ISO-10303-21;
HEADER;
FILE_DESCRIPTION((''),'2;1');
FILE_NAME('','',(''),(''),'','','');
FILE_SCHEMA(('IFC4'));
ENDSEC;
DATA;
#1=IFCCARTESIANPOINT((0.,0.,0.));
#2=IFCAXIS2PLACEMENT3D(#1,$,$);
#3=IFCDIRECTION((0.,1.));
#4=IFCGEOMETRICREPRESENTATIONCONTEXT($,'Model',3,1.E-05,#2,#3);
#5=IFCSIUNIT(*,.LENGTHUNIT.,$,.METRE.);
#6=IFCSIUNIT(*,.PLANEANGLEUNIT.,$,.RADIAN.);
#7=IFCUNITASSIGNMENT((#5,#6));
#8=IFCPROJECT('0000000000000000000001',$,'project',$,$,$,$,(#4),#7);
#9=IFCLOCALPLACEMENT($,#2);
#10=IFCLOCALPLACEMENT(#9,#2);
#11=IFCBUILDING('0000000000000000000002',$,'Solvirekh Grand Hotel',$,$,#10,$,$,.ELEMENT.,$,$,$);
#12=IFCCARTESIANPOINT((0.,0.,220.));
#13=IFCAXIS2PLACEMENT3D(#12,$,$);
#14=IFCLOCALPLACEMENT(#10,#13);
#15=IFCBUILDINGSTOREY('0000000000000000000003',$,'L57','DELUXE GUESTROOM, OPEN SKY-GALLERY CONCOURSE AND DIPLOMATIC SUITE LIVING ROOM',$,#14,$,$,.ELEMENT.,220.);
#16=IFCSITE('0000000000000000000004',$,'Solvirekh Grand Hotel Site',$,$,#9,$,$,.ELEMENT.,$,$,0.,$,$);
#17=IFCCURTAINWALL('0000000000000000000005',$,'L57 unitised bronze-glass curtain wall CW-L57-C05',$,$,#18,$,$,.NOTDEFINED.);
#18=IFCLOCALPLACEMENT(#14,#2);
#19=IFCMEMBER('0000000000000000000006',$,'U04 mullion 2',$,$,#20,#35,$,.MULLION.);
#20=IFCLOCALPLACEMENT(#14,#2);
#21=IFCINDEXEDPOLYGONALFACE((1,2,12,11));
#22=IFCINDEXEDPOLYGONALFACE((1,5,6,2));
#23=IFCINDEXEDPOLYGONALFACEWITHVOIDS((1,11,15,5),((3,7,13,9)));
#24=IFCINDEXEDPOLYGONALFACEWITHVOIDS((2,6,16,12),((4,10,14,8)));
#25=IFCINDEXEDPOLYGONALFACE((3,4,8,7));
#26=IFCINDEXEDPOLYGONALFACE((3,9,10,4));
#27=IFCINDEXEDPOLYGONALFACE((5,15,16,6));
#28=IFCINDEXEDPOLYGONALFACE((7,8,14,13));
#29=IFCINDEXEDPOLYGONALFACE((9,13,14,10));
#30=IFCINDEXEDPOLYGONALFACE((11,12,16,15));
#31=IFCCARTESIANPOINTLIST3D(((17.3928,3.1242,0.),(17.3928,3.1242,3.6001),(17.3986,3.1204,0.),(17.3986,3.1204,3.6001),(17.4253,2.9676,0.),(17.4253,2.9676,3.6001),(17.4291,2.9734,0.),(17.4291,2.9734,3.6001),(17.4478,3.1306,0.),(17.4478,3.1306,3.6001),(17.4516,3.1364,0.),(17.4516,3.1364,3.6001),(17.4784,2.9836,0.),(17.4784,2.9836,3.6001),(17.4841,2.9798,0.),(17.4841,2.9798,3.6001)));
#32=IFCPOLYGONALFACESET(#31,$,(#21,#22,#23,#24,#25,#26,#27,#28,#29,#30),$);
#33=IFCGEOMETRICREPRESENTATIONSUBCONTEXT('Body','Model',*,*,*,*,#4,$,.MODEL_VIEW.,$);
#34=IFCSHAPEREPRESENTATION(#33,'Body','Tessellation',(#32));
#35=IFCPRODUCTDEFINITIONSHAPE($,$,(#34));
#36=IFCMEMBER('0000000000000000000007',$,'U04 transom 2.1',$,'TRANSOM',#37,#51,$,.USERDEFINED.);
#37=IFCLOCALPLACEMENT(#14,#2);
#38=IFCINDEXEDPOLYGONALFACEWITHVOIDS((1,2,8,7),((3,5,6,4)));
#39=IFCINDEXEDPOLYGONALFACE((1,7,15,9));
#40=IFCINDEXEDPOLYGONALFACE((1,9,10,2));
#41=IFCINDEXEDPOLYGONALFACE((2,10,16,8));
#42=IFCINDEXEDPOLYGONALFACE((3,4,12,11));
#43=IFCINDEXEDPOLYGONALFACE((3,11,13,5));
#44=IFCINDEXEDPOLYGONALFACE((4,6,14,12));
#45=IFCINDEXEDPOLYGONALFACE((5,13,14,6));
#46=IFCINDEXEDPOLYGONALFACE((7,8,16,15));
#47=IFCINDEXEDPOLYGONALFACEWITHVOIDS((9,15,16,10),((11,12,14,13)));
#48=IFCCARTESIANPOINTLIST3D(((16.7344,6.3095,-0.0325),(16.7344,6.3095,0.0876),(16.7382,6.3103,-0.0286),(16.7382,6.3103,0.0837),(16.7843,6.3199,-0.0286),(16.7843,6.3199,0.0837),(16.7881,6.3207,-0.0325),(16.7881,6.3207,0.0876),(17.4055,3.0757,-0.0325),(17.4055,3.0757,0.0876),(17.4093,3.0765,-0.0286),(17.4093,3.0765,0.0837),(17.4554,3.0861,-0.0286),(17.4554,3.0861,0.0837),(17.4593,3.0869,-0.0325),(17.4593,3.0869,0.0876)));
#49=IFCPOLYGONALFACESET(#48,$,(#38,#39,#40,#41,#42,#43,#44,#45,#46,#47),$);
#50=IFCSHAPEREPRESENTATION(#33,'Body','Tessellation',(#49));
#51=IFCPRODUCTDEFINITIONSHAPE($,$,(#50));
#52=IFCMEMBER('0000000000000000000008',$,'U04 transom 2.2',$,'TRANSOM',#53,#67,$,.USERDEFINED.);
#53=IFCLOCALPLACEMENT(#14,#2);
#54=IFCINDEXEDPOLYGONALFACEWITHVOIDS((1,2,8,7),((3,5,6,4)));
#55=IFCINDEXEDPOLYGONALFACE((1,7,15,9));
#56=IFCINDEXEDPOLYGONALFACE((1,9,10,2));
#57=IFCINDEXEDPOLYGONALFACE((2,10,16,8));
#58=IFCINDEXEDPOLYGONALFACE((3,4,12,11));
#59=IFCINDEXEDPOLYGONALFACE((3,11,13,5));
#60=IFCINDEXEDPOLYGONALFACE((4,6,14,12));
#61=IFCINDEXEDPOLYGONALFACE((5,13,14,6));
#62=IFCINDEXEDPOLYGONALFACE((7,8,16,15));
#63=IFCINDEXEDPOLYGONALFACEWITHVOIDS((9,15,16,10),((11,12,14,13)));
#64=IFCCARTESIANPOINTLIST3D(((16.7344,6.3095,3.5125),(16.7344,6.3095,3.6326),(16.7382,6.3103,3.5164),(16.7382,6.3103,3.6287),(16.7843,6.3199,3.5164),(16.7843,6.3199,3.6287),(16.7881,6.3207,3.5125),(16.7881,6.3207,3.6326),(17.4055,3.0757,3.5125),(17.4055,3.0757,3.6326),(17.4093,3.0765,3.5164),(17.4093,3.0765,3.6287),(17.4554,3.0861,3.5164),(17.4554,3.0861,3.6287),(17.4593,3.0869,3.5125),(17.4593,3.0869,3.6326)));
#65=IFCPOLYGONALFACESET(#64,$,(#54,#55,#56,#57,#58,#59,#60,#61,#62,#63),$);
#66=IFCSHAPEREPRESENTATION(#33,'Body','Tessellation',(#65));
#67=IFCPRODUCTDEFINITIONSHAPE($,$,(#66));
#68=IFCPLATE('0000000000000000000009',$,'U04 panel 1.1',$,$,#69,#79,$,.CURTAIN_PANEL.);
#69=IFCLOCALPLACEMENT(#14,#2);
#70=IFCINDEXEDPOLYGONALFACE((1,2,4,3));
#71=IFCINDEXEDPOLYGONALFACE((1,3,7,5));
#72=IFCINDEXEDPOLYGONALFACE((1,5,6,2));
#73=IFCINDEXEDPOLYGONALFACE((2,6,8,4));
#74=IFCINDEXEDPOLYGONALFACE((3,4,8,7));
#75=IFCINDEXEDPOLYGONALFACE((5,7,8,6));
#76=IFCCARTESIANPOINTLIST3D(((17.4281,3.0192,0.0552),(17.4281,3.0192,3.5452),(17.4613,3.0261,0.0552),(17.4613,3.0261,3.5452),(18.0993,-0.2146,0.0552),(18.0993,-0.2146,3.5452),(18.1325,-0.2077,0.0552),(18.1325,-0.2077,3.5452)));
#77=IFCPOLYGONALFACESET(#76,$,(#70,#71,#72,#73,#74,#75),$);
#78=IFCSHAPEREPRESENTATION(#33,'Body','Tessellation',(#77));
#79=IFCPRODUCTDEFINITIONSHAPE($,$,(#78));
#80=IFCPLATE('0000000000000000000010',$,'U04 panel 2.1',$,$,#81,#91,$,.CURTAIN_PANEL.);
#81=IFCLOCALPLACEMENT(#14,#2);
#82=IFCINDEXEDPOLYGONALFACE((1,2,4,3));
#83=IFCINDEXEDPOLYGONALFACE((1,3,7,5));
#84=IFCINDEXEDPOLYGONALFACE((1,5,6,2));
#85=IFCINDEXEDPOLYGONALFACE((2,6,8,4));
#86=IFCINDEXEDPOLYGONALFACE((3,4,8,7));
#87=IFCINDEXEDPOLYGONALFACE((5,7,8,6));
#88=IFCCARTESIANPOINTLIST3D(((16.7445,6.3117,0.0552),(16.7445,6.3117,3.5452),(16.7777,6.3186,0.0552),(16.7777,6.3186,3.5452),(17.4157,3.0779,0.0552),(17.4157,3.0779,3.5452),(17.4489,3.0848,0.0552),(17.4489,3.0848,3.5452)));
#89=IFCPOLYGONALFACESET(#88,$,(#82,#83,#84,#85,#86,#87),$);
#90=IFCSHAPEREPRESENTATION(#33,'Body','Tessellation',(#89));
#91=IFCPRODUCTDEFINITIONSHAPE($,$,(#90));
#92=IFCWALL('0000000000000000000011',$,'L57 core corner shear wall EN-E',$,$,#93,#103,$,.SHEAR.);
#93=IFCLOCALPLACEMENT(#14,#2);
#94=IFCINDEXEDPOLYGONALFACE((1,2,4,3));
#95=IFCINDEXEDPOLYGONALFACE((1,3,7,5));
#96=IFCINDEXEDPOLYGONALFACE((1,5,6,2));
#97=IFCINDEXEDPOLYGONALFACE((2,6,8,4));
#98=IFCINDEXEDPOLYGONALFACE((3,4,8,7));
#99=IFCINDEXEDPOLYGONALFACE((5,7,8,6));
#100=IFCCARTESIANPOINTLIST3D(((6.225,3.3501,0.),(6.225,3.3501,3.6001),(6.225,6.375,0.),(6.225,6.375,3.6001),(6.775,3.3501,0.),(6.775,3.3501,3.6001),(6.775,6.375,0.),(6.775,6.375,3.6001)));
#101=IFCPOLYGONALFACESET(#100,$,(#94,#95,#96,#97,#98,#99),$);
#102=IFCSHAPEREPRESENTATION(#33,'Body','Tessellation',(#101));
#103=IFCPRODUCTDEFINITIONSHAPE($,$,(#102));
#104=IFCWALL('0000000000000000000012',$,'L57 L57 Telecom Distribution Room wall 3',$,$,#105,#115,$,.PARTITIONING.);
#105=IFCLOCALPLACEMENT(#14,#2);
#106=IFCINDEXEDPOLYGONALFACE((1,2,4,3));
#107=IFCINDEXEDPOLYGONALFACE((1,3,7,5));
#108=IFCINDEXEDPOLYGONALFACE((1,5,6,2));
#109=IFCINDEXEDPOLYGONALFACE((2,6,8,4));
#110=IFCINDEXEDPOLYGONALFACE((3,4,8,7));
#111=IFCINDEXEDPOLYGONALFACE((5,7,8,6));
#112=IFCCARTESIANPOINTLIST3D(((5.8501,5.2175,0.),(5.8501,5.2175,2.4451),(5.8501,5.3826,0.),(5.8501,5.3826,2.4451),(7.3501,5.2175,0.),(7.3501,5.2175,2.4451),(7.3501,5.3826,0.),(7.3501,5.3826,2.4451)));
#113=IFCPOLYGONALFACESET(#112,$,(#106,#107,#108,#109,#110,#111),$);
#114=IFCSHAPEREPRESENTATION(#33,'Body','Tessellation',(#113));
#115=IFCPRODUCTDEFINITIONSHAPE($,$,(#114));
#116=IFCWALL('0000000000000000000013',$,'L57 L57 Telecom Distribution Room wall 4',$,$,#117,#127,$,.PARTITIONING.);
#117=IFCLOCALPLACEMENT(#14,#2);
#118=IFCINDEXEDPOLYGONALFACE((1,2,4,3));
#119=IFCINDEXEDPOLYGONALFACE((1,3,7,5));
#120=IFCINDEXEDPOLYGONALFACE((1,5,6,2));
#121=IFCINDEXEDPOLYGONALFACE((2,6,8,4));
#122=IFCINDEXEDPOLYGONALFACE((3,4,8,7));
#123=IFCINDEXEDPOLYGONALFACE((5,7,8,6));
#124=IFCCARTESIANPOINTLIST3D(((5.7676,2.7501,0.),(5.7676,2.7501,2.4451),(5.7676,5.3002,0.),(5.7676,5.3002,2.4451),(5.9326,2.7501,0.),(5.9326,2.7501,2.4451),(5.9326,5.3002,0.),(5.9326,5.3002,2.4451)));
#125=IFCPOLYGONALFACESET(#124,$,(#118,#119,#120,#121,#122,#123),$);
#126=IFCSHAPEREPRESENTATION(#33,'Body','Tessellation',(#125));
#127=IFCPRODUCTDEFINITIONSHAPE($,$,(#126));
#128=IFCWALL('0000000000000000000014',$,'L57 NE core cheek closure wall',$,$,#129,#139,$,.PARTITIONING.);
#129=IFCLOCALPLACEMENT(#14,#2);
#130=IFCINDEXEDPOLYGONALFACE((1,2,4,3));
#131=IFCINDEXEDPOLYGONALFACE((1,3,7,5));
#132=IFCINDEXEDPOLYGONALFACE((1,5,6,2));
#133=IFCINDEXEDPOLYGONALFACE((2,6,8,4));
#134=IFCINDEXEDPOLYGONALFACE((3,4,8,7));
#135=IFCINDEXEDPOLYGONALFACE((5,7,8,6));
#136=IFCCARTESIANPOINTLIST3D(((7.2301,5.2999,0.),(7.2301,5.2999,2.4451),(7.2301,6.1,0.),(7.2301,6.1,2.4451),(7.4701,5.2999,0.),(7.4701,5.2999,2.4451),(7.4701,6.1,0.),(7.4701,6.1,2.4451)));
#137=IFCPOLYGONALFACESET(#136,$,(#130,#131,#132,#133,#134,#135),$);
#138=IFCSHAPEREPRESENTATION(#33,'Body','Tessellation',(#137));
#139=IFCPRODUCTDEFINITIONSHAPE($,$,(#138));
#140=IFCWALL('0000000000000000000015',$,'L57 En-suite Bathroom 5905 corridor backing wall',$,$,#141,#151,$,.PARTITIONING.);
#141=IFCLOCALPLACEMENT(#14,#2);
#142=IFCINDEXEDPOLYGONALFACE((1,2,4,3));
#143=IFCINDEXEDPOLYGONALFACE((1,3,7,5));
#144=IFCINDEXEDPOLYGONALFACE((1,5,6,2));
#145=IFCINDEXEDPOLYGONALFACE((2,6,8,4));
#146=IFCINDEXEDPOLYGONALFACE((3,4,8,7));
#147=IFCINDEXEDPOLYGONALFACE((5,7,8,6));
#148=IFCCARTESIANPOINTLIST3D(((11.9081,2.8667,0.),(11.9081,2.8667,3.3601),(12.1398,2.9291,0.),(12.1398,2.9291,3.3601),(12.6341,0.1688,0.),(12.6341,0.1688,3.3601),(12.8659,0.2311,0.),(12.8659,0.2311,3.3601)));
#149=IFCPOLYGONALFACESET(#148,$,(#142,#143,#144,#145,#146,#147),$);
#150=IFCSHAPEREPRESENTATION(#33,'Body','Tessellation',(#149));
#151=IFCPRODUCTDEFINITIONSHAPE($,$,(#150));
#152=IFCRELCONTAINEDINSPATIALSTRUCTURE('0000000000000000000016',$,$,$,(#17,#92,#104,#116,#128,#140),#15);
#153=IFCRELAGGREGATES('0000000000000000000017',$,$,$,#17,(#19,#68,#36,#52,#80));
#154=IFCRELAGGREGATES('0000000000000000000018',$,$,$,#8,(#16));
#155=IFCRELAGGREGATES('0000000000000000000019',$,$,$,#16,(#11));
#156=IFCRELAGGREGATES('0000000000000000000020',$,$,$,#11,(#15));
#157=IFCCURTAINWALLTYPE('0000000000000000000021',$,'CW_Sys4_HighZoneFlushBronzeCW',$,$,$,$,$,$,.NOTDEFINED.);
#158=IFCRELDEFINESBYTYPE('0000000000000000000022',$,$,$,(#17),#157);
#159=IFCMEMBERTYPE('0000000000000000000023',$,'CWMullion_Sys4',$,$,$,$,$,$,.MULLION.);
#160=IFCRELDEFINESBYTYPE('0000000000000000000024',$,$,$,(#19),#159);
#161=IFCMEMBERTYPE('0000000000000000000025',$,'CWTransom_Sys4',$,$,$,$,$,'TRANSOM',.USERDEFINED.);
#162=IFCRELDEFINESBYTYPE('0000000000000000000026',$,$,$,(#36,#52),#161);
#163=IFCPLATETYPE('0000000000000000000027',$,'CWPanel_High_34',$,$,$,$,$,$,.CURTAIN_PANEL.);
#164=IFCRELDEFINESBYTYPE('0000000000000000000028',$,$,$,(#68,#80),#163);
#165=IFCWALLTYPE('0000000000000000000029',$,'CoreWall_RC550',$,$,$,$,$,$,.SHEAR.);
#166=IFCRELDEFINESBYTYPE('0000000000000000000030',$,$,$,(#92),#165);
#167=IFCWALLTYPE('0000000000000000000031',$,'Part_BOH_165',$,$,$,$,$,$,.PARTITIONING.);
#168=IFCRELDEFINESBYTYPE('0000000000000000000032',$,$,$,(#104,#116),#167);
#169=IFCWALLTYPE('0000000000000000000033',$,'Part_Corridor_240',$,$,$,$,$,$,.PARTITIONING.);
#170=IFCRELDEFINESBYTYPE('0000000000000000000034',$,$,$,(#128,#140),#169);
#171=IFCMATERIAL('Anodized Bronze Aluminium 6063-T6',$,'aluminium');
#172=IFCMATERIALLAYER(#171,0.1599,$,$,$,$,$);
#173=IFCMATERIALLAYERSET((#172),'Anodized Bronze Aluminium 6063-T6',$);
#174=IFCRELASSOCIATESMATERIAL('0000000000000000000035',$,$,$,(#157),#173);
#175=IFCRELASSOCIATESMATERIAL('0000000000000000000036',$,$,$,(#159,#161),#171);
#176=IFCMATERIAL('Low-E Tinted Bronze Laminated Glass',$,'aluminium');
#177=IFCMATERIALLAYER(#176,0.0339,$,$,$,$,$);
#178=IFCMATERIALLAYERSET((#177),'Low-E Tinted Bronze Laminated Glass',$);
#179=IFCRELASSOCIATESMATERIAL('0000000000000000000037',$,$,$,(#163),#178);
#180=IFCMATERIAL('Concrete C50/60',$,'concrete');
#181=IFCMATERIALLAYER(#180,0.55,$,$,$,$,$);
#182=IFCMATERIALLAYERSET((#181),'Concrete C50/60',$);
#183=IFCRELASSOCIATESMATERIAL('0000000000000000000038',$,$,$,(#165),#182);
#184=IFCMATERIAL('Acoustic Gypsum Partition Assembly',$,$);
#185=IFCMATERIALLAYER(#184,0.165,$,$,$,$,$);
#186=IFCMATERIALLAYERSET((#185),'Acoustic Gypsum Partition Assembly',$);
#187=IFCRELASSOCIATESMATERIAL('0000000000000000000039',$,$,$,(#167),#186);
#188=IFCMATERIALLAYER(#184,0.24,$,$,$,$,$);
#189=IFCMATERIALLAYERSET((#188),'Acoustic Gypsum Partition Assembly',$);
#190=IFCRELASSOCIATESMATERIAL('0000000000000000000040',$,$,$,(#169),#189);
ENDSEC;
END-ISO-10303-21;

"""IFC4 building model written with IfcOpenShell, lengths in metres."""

from ifc_helpers import new_model, si_unit, direction, frame, frame_2d, origin, origin_2d, place, context, subcontext, project, spatial, rectangle, hollow_rectangle, extrude, source, transform, mapped, material, layer, layer_set, material_profile, profile_set, type_object, element, aggregate, save


model = new_model("IFC4")

# Units and contexts
model_context = context("Model", 3, precision=1e-05, world=origin(), true_north=direction((0.0, 1.0)))
body_context = subcontext(model_context, "Body", "Model", "MODEL_VIEW")
ifc_project = project(units=[si_unit("LENGTHUNIT", "METRE"), si_unit("PLANEANGLEUNIT", "RADIAN")], contexts=[model_context])

# Site, building, storey
site_placement = place(None, origin())
site = spatial("IfcSite", under=ifc_project, at=site_placement, Name="Solvirekh Grand Hotel Site", CompositionType="ELEMENT", RefElevation=0.0)
building_placement = place(site_placement, origin())
building = spatial("IfcBuilding", under=site, at=building_placement, Name="Solvirekh Grand Hotel", CompositionType="ELEMENT")
storey_placement = place(building_placement, frame((0.0, 0.0, 220.0)))
storey = spatial("IfcBuildingStorey", under=building, at=storey_placement, Name="L57", Description="DELUXE GUESTROOM, OPEN SKY-GALLERY CONCOURSE AND DIPLOMATIC SUITE LIVING ROOM", CompositionType="ELEMENT", Elevation=220.0)

# Curtain wall, members, plates
ifc_material_1 = material(Name="Anodized Bronze Aluminium 6063-T6", Category="aluminium")
ifc_layer_1 = layer(ifc_material_1, 0.1599)
ifc_layer_set_1 = layer_set([ifc_layer_1], Name="Anodized Bronze Aluminium 6063-T6")
curtain_wall_type = type_object("IfcCurtainWallType", Name="CW_Sys4_HighZoneFlushBronzeCW", PredefinedType="NOTDEFINED", material=ifc_layer_set_1)
curtain_wall_placement = place(storey_placement, origin())
curtain_wall = element("IfcCurtainWall", 1, at=curtain_wall_placement, inside=storey, type_object=curtain_wall_type, Name="L57 unitised bronze-glass curtain wall CW-L57-C05", PredefinedType="NOTDEFINED")
ifc_material_profile_1 = material_profile(ifc_material_1, hollow_rectangle(XDim=0.0601, YDim=0.1599, WallThickness=0.0049, at=origin_2d()), Name="ALU RHS 160X60X5")
ifc_profile_set_1 = profile_set([ifc_material_profile_1], Name="Anodized Bronze Aluminium 6063-T6")
member_type_1 = type_object("IfcMemberType", Name="CWMullion_Sys4", PredefinedType="MULLION", material=ifc_profile_set_1)
shared_shape_1 = source(origin(), body_context, "Body", "SweptSolid", [
    extrude(hollow_rectangle(XDim=0.0601, YDim=0.1599, WallThickness=0.0049, at=origin_2d()), origin(), (0.0, 0.0, 1.0), 3.6001),
])
member_1_placement = place(storey_placement, frame((17.4385, 3.052, 0.0), z_axis=(0.0, 0.0, 1.0), x_axis=(-0.979132, -0.203224, 0.0)))
member_1 = element("IfcMember", 2, at=member_1_placement, type_object=member_type_1, Name="U04 mullion 2", PredefinedType="MULLION", context=body_context, shape_type="MappedRepresentation", body=[
    mapped(shared_shape_1, transform((0.0, 0.0, 0.0), x_axis=(1.0, 0.0, 0.0), y_axis=(0.0, 1.0, 0.0), z_axis=(0.0, 0.0, 1.0), scale=1.0)),
])
ifc_material_profile_2 = material_profile(ifc_material_1, hollow_rectangle(XDim=0.0549, YDim=0.1201, WallThickness=0.0039, at=origin_2d()), Name="ALU RHS 120X55X4")
ifc_profile_set_2 = profile_set([ifc_material_profile_2], Name="Anodized Bronze Aluminium 6063-T6")
member_type_2 = type_object("IfcMemberType", Name="CWTransom_Sys4", ElementType="TRANSOM", PredefinedType="USERDEFINED", material=ifc_profile_set_2)
shared_shape_2 = source(origin(), body_context, "Body", "SweptSolid", [
    extrude(hollow_rectangle(XDim=0.0549, YDim=0.1201, WallThickness=0.0039, at=origin_2d()), origin(), (0.0, 0.0, 1.0), 3.3027),
])
member_2_placement = place(storey_placement, frame((17.4324, 3.0813, 0.0276), z_axis=(-0.203204, 0.979136, 0.0), x_axis=(-0.979136, -0.203204, 0.0)))
member_2 = element("IfcMember", 3, at=member_2_placement, type_object=member_type_2, Name="U04 transom 2.1", ObjectType="TRANSOM", PredefinedType="USERDEFINED", context=body_context, shape_type="MappedRepresentation", body=[
    mapped(shared_shape_2, transform((0.0, 0.0, 0.0), x_axis=(1.0, 0.0, 0.0), y_axis=(0.0, 1.0, 0.0), z_axis=(0.0, 0.0, 1.0), scale=1.0)),
])
member_3_placement = place(storey_placement, frame((17.4324, 3.0813, 3.5725), z_axis=(-0.203204, 0.979136, 0.0), x_axis=(-0.979136, -0.203204, 0.0)))
member_3 = element("IfcMember", 4, at=member_3_placement, type_object=member_type_2, Name="U04 transom 2.2", ObjectType="TRANSOM", PredefinedType="USERDEFINED", context=body_context, shape_type="MappedRepresentation", body=[
    mapped(shared_shape_2, transform((0.0, 0.0, 0.0), x_axis=(1.0, 0.0, 0.0), y_axis=(0.0, 1.0, 0.0), z_axis=(0.0, 0.0, 1.0), scale=1.0)),
])
ifc_material_2 = material(Name="Low-E Tinted Bronze Laminated Glass", Category="aluminium")
ifc_layer_2 = layer(ifc_material_2, 0.0339)
ifc_layer_set_2 = layer_set([ifc_layer_2], Name="Low-E Tinted Bronze Laminated Glass")
plate_type = type_object("IfcPlateType", Name="CWPanel_High_34", PredefinedType="CURTAIN_PANEL", material=ifc_layer_set_2)
shared_shape_3 = source(origin(), body_context, "Body", "SweptSolid", [
    extrude(rectangle(XDim=3.3027, YDim=0.0339, at=origin_2d()), origin(), (0.0, 0.0, 1.0), 3.49),
])
plate_1_placement = place(storey_placement, frame((17.7803, 1.4058, 0.0552), z_axis=(0.0, 0.0, 1.0), x_axis=(-0.203224, 0.979132, 0.0)))
plate_1 = element("IfcPlate", 5, at=plate_1_placement, type_object=plate_type, Name="U04 panel 1.1", PredefinedType="CURTAIN_PANEL", context=body_context, shape_type="MappedRepresentation", body=[
    mapped(shared_shape_3, transform((0.0, 0.0, 0.0), x_axis=(1.0, 0.0, 0.0), y_axis=(0.0, 1.0, 0.0), z_axis=(0.0, 0.0, 1.0), scale=1.0)),
])
plate_2_placement = place(storey_placement, frame((17.0967, 4.6982, 0.0552), z_axis=(0.0, 0.0, 1.0), x_axis=(-0.203224, 0.979132, 0.0)))
plate_2 = element("IfcPlate", 6, at=plate_2_placement, type_object=plate_type, Name="U04 panel 2.1", PredefinedType="CURTAIN_PANEL", context=body_context, shape_type="MappedRepresentation", body=[
    mapped(shared_shape_3, transform((0.0, 0.0, 0.0), x_axis=(1.0, 0.0, 0.0), y_axis=(0.0, 1.0, 0.0), z_axis=(0.0, 0.0, 1.0), scale=1.0)),
])
aggregate(curtain_wall, [member_1, plate_1, member_2, member_3, plate_2])

# Wall
ifc_material_3 = material(Name="Concrete C50/60", Category="concrete")
ifc_layer_3 = layer(ifc_material_3, 0.55)
ifc_layer_set_3 = layer_set([ifc_layer_3], Name="Concrete C50/60")
wall_type_1 = type_object("IfcWallType", Name="CoreWall_RC550", PredefinedType="SHEAR", material=ifc_layer_set_3)
wall_1_placement = place(storey_placement, frame((6.5, 3.3501, 0.0), z_axis=(0.0, 0.0, 1.0), x_axis=(0.0, 1.0, 0.0)))
element("IfcWall", 7, at=wall_1_placement, inside=storey, type_object=wall_type_1, Name="L57 core corner shear wall EN-E", PredefinedType="SHEAR", context=body_context, shape_type="SweptSolid", body=[
    extrude(rectangle(XDim=3.0249, YDim=0.55, at=frame_2d((1.5125, 0.0))), origin(), (0.0, 0.0, 1.0), 3.6001),
])

# Shared definitions
ifc_material_4 = material(Name="Acoustic Gypsum Partition Assembly")
ifc_layer_4 = layer(ifc_material_4, 0.165)
ifc_layer_set_4 = layer_set([ifc_layer_4], Name="Acoustic Gypsum Partition Assembly")
wall_type_2 = type_object("IfcWallType", Name="Part_BOH_165", PredefinedType="PARTITIONING", material=ifc_layer_set_4)

# Walls
wall_2_placement = place(storey_placement, frame((7.3501, 5.3, 0.0), z_axis=(0.0, 0.0, 1.0), x_axis=(-1.0, 0.0, 0.0)))
element("IfcWall", 8, at=wall_2_placement, inside=storey, type_object=wall_type_2, Name="L57 L57 Telecom Distribution Room wall 3", PredefinedType="PARTITIONING", context=body_context, shape_type="SweptSolid", body=[
    extrude(rectangle(XDim=1.5, YDim=0.165, at=frame_2d((0.75, 0.0))), origin(), (0.0, 0.0, 1.0), 2.4451),
])
wall_3_placement = place(storey_placement, frame((5.8501, 5.3, 0.0), z_axis=(0.0, 0.0, 1.0), x_axis=(0.0, -1.0, 0.0)))
element("IfcWall", 9, at=wall_3_placement, inside=storey, type_object=wall_type_2, Name="L57 L57 Telecom Distribution Room wall 4", PredefinedType="PARTITIONING", context=body_context, shape_type="SweptSolid", body=[
    extrude(rectangle(XDim=2.55, YDim=0.165, at=frame_2d((1.2749, 0.0))), origin(), (0.0, 0.0, 1.0), 2.4451),
])
ifc_layer_5 = layer(ifc_material_4, 0.24)
ifc_layer_set_5 = layer_set([ifc_layer_5], Name="Acoustic Gypsum Partition Assembly")
wall_type_3 = type_object("IfcWallType", Name="Part_Corridor_240", PredefinedType="PARTITIONING", material=ifc_layer_set_5)
wall_4_placement = place(storey_placement, frame((7.3501, 5.3, 0.0), z_axis=(0.0, 0.0, 1.0), x_axis=(0.0, 1.0, 0.0)))
element("IfcWall", 10, at=wall_4_placement, inside=storey, type_object=wall_type_3, Name="L57 NE core cheek closure wall", PredefinedType="PARTITIONING", context=body_context, shape_type="SweptSolid", body=[
    extrude(rectangle(XDim=0.8, YDim=0.24, at=frame_2d((0.3999, 0.0))), origin(), (0.0, 0.0, 1.0), 2.4451),
])
wall_5_placement = place(storey_placement, frame((12.75, 0.2, 0.0), z_axis=(0.0, 0.0, 1.0), x_axis=(-0.25987, 0.965644, 0.0)))
element("IfcWall", 11, at=wall_5_placement, inside=storey, type_object=wall_type_3, Name="L57 En-suite Bathroom 5905 corridor backing wall", PredefinedType="PARTITIONING", context=body_context, shape_type="SweptSolid", body=[
    extrude(rectangle(XDim=2.7939, YDim=0.24, at=frame_2d((1.397, 0.0))), origin(), (0.0, 0.0, 1.0), 3.3601),
])

save(model, "model.ifc")
